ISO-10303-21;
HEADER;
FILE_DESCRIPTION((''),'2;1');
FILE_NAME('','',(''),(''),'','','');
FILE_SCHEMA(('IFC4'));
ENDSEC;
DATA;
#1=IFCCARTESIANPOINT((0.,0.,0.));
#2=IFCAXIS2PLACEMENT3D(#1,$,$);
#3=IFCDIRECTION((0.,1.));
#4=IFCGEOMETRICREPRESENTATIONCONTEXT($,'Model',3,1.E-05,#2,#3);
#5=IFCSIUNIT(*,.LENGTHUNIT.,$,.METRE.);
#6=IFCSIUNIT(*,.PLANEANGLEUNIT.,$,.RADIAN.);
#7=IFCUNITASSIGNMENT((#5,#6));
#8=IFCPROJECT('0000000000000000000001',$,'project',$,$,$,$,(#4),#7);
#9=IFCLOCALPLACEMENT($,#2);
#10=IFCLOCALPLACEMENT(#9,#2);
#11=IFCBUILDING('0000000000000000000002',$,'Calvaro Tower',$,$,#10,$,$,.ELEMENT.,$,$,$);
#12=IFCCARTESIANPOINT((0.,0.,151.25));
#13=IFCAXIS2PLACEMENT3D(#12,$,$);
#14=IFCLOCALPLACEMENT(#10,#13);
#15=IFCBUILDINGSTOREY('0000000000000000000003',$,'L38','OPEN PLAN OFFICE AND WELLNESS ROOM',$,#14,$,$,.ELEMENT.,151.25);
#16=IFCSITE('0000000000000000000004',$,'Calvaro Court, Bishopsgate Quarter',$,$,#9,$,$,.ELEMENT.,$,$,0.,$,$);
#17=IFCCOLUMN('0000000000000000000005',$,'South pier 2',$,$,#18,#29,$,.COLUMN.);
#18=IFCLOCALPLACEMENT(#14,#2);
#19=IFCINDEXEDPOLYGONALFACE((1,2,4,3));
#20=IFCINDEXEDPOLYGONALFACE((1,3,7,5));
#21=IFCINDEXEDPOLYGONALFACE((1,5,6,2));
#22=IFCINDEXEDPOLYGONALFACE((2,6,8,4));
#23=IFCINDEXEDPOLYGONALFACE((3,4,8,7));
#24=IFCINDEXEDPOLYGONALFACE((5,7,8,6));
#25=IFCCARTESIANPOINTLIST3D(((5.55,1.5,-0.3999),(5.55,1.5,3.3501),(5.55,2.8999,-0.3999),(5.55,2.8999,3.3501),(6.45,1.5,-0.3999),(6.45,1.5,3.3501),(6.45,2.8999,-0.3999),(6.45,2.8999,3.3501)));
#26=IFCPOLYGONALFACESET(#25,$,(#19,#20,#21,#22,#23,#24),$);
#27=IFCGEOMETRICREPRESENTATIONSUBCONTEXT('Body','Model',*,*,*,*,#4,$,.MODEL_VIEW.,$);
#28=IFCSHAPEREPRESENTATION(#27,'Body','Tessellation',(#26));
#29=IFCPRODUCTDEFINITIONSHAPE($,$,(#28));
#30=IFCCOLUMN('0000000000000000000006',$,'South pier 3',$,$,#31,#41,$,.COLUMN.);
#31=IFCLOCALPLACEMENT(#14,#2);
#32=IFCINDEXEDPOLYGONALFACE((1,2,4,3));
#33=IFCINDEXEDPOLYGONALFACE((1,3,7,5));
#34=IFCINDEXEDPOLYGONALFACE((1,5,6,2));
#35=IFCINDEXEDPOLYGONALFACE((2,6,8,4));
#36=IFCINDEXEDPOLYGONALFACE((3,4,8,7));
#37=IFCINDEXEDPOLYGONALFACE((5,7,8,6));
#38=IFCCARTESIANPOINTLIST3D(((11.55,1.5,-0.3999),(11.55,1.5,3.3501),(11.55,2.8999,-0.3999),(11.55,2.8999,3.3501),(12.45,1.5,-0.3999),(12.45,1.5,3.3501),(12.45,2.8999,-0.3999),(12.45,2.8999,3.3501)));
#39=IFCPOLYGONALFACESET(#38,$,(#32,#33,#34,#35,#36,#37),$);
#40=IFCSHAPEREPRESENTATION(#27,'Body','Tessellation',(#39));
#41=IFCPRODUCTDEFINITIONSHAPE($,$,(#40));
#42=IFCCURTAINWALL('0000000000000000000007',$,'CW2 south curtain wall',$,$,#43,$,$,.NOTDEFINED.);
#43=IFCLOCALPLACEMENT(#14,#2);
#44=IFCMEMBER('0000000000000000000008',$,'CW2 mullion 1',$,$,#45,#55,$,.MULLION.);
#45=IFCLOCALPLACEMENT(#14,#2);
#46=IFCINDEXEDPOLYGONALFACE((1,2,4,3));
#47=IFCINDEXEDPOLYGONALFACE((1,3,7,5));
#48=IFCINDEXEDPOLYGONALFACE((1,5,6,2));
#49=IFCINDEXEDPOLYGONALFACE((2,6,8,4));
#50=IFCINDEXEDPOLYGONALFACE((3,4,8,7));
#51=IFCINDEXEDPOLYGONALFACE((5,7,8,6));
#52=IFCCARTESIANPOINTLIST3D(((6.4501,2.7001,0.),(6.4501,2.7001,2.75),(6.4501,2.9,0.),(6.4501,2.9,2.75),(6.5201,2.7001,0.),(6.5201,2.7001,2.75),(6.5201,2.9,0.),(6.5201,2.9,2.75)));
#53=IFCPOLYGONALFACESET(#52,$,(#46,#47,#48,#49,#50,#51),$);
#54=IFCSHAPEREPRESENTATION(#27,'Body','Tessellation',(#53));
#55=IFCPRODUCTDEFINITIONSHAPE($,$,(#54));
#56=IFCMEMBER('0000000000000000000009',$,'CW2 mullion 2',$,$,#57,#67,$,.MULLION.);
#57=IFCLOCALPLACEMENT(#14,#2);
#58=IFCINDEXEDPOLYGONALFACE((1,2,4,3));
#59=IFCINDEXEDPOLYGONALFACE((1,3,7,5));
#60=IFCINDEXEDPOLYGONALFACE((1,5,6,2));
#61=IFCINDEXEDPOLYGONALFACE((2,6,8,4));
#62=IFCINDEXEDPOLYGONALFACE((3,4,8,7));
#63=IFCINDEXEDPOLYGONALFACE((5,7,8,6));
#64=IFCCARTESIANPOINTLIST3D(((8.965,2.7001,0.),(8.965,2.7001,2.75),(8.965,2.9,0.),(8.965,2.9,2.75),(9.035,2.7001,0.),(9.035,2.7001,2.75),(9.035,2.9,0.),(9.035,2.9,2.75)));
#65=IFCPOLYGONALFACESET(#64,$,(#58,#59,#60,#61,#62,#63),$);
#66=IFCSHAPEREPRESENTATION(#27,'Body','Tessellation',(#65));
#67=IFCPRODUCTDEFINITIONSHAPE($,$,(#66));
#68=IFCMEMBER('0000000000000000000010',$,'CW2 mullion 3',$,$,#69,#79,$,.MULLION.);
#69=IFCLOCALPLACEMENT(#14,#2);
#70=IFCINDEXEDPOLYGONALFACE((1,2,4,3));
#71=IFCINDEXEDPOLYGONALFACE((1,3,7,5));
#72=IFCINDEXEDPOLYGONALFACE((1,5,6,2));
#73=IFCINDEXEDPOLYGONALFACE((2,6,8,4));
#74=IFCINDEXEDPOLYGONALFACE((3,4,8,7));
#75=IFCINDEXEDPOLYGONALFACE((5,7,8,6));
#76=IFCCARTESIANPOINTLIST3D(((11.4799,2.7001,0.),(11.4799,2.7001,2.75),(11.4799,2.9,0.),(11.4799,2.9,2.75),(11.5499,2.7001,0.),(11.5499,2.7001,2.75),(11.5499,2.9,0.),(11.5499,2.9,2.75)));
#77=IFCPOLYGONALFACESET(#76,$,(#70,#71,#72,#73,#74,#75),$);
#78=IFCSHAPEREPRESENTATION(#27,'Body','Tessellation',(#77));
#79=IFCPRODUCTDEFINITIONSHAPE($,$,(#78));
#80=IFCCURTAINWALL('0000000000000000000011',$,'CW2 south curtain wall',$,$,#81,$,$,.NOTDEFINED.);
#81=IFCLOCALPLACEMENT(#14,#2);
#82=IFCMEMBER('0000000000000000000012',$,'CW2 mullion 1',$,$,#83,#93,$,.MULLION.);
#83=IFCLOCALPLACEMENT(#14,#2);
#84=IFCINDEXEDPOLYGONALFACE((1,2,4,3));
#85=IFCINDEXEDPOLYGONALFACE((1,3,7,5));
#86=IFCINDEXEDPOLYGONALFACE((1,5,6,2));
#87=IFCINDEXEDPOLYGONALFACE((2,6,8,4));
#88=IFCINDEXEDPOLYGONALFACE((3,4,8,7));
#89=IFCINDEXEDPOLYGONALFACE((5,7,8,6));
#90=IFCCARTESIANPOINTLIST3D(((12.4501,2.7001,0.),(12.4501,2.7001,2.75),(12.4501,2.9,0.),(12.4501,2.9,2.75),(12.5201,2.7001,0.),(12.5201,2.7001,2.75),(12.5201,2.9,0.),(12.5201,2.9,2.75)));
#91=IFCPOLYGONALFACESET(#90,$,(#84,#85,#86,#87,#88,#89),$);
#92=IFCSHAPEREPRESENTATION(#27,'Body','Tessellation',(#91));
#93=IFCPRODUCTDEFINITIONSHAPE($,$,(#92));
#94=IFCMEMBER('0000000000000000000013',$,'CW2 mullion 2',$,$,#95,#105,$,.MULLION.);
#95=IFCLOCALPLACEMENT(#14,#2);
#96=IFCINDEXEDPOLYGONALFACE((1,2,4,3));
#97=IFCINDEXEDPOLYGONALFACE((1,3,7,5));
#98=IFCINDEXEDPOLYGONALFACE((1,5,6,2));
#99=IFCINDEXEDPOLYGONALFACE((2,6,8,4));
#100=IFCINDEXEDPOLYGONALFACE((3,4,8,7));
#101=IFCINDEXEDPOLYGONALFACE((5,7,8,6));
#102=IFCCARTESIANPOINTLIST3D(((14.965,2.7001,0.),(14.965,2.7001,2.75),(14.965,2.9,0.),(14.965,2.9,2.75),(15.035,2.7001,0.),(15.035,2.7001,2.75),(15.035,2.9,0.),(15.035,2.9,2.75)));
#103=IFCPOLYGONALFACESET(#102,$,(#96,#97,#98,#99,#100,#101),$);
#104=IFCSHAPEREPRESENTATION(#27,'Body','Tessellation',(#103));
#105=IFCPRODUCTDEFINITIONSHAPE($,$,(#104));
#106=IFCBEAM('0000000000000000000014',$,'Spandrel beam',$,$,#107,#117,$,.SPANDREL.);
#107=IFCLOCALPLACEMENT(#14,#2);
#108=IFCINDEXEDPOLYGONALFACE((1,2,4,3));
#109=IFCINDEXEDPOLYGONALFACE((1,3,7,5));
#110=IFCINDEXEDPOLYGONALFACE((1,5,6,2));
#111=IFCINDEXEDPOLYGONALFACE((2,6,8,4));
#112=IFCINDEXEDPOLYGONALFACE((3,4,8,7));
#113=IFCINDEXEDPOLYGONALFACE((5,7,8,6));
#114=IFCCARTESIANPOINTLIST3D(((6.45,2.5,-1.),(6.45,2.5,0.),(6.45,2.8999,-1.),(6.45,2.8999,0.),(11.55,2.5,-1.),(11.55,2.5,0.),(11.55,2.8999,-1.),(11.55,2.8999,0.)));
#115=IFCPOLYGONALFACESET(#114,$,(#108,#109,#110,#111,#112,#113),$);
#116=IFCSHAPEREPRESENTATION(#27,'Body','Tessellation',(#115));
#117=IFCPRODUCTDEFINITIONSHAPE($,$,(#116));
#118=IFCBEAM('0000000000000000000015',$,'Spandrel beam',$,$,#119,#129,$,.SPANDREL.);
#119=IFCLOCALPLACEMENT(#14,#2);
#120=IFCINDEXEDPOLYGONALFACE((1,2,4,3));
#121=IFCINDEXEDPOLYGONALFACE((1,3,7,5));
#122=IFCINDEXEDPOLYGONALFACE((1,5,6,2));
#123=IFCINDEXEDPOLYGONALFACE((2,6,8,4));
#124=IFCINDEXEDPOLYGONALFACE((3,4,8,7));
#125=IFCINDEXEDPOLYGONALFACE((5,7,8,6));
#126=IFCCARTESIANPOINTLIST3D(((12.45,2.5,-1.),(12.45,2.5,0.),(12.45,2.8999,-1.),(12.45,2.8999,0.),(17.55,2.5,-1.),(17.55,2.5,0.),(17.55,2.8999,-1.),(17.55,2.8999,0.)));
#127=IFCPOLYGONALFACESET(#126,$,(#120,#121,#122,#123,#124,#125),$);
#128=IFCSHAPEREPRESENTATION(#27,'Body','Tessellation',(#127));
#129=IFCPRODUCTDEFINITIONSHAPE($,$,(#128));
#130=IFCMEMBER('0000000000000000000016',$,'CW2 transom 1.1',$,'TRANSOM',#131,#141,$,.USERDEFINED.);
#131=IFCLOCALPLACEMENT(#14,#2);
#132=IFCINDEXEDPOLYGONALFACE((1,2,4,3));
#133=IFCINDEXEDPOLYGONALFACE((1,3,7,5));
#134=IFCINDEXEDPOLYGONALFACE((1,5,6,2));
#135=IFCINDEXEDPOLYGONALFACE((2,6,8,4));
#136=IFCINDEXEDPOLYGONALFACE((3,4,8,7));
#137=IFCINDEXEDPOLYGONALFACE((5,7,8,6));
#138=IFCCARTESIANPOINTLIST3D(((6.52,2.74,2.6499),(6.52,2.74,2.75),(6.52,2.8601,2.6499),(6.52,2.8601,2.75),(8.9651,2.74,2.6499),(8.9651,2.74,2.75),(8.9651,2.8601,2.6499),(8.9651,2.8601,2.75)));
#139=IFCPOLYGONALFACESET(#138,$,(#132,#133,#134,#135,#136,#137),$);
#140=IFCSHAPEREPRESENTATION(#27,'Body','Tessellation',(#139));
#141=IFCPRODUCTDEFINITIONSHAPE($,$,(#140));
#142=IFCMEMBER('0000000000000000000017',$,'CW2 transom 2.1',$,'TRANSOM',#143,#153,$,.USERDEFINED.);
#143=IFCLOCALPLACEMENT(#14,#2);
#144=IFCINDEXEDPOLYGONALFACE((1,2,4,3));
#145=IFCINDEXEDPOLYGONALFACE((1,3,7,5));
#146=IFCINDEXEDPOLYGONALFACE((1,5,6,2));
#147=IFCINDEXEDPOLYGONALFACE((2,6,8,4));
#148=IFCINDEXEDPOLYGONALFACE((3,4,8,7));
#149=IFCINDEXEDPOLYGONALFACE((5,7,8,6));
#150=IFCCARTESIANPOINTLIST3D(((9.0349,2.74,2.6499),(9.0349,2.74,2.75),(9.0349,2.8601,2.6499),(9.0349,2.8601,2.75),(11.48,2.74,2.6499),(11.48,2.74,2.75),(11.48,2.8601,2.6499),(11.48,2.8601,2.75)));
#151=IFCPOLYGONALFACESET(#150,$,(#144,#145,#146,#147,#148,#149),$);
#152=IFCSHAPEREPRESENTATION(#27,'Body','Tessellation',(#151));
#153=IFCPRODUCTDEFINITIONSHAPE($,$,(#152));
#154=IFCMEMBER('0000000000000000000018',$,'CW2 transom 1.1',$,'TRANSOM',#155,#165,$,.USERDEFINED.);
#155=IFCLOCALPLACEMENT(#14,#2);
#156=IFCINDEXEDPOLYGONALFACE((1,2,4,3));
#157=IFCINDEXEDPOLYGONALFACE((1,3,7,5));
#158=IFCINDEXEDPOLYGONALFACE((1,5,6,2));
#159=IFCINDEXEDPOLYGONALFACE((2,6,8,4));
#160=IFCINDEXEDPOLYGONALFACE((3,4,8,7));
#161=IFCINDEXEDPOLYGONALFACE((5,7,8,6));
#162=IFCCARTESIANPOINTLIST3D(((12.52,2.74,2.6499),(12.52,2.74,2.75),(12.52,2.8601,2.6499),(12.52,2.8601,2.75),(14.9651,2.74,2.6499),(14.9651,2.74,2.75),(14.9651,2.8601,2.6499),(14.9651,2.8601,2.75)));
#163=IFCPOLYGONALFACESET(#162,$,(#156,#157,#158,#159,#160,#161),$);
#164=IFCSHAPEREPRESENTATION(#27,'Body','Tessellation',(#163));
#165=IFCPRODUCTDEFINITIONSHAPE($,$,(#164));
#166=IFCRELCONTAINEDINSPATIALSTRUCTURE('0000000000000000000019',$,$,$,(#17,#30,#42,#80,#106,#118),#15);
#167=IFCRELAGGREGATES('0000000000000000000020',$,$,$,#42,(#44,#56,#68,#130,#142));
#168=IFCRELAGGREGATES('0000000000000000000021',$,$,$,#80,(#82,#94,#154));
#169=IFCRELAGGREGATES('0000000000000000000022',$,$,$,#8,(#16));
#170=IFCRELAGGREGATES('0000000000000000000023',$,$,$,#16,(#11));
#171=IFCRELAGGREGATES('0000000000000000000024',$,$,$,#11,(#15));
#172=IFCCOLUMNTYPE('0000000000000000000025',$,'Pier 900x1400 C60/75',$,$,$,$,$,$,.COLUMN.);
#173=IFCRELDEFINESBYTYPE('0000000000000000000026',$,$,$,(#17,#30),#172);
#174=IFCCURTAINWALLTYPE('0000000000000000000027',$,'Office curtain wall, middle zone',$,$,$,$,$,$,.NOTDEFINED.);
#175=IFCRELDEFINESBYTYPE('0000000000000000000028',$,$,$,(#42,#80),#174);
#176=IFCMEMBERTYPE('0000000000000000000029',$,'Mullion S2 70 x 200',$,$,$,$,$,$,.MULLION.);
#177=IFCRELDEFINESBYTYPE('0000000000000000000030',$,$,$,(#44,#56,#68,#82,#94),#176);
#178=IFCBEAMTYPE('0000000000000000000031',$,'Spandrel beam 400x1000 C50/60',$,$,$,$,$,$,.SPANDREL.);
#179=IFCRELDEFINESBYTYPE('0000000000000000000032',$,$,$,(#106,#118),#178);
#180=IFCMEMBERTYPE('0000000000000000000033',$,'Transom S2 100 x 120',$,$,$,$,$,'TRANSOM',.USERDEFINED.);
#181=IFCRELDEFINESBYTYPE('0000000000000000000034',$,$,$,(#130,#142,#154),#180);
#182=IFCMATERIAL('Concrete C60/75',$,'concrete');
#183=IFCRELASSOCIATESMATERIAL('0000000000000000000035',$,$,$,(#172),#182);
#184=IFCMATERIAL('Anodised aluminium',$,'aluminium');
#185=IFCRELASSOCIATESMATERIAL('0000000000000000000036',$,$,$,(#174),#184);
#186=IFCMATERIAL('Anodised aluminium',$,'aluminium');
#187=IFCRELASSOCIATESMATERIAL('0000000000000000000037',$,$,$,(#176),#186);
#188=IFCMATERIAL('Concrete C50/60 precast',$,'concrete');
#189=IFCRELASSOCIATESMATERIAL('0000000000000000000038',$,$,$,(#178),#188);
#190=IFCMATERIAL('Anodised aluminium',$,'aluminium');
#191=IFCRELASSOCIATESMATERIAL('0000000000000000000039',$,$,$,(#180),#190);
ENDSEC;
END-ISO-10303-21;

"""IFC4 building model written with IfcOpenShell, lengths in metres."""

from ifc_helpers import new_model, si_unit, direction, frame, origin, origin_2d, place, context, subcontext, project, spatial, rectangle, extrude, material, material_profile, profile_set, type_object, element, aggregate, save


model = new_model("IFC4")

# Units and contexts
model_context = context("Model", 3, precision=1e-05, world=origin(), true_north=direction((0.0, 1.0)))
body_context = subcontext(model_context, "Body", "Model", "MODEL_VIEW")
ifc_project = project(units=[si_unit("LENGTHUNIT", "METRE"), si_unit("PLANEANGLEUNIT", "RADIAN")], contexts=[model_context])

# Site, building, storey
site_placement = place(None, origin())
site = spatial("IfcSite", under=ifc_project, at=site_placement, Name="Calvaro Court, Bishopsgate Quarter", CompositionType="ELEMENT", RefElevation=0.0)
building_placement = place(site_placement, origin())
building = spatial("IfcBuilding", under=site, at=building_placement, Name="Calvaro Tower", CompositionType="ELEMENT")
storey_placement = place(building_placement, frame((0.0, 0.0, 151.25)))
storey = spatial("IfcBuildingStorey", under=building, at=storey_placement, Name="L38", Description="OPEN PLAN OFFICE AND WELLNESS ROOM", CompositionType="ELEMENT", Elevation=151.25)

# Columns
ifc_material_1 = material(Name="Concrete C60/75", Category="concrete")
ifc_material_profile_1 = material_profile(ifc_material_1, rectangle(XDim=0.8999, YDim=1.3999, at=origin_2d()), Name="RC 900x1400")
ifc_profile_set_1 = profile_set([ifc_material_profile_1], Name="Concrete C60/75")
column_type = type_object("IfcColumnType", Name="Pier 900x1400 C60/75", PredefinedType="COLUMN", material=ifc_profile_set_1)
for number, where, z_axis, x_axis, name in (
    (1, (6.0, 2.2, -0.3999), (0.0, 0.0, 1.0), (1.0, 0.0, 0.0), "South pier 2"),
    (2, (12.0, 2.2, -0.3999), (0.0, 0.0, 1.0), (1.0, 0.0, 0.0), "South pier 3"),
):
    element("IfcColumn", number, at=place(storey_placement, frame(where, z_axis=z_axis, x_axis=x_axis)), inside=storey, type_object=column_type, Name=name, PredefinedType="COLUMN", context=body_context, shape_type="SweptSolid", body=[
        extrude(rectangle(XDim=0.8999, YDim=1.3999, at=origin_2d()), origin(), (0.0, 0.0, 1.0), 3.75),
    ])

# Curtain walls, members
ifc_material_2 = material(Name="Anodised aluminium", Category="aluminium")
curtain_wall_type = type_object("IfcCurtainWallType", Name="Office curtain wall, middle zone", PredefinedType="NOTDEFINED", material=ifc_material_2)
curtain_wall_1_placement = place(storey_placement, origin())
curtain_wall_1 = element("IfcCurtainWall", 3, at=curtain_wall_1_placement, inside=storey, type_object=curtain_wall_type, Name="CW2 south curtain wall", PredefinedType="NOTDEFINED")
ifc_material_3 = material(Name="Anodised aluminium", Category="aluminium")
ifc_material_profile_2 = material_profile(ifc_material_3, rectangle(XDim=0.2, YDim=0.0701, at=origin_2d()), Name="Mullion S2 70 x 200")
ifc_profile_set_2 = profile_set([ifc_material_profile_2], Name="Anodised aluminium")
member_type_1 = type_object("IfcMemberType", Name="Mullion S2 70 x 200", PredefinedType="MULLION", material=ifc_profile_set_2)
member_1_placement = place(storey_placement, frame((6.4851, 2.8, 0.0), z_axis=(0.0, 0.0, 1.0), x_axis=(0.0, 1.0, 0.0)))
member_1 = element("IfcMember", 4, at=member_1_placement, type_object=member_type_1, Name="CW2 mullion 1", PredefinedType="MULLION", context=body_context, shape_type="SweptSolid", body=[
    extrude(rectangle(XDim=0.2, YDim=0.0701, at=origin_2d()), origin(), (0.0, 0.0, 1.0), 2.75),
])
member_2_placement = place(storey_placement, frame((9.0, 2.8, 0.0), z_axis=(0.0, 0.0, 1.0), x_axis=(0.0, 1.0, 0.0)))
member_2 = element("IfcMember", 5, at=member_2_placement, type_object=member_type_1, Name="CW2 mullion 2", PredefinedType="MULLION", context=body_context, shape_type="SweptSolid", body=[
    extrude(rectangle(XDim=0.2, YDim=0.0701, at=origin_2d()), origin(), (0.0, 0.0, 1.0), 2.75),
])
member_3_placement = place(storey_placement, frame((11.5149, 2.8, 0.0), z_axis=(0.0, 0.0, 1.0), x_axis=(0.0, 1.0, 0.0)))
member_3 = element("IfcMember", 6, at=member_3_placement, type_object=member_type_1, Name="CW2 mullion 3", PredefinedType="MULLION", context=body_context, shape_type="SweptSolid", body=[
    extrude(rectangle(XDim=0.2, YDim=0.0701, at=origin_2d()), origin(), (0.0, 0.0, 1.0), 2.75),
])
curtain_wall_2_placement = place(storey_placement, origin())
curtain_wall_2 = element("IfcCurtainWall", 7, at=curtain_wall_2_placement, inside=storey, type_object=curtain_wall_type, Name="CW2 south curtain wall", PredefinedType="NOTDEFINED")
member_4_placement = place(storey_placement, frame((12.4851, 2.8, 0.0), z_axis=(0.0, 0.0, 1.0), x_axis=(0.0, 1.0, 0.0)))
member_4 = element("IfcMember", 8, at=member_4_placement, type_object=member_type_1, Name="CW2 mullion 1", PredefinedType="MULLION", context=body_context, shape_type="SweptSolid", body=[
    extrude(rectangle(XDim=0.2, YDim=0.0701, at=origin_2d()), origin(), (0.0, 0.0, 1.0), 2.75),
])
member_5_placement = place(storey_placement, frame((15.0, 2.8, 0.0), z_axis=(0.0, 0.0, 1.0), x_axis=(0.0, 1.0, 0.0)))
member_5 = element("IfcMember", 9, at=member_5_placement, type_object=member_type_1, Name="CW2 mullion 2", PredefinedType="MULLION", context=body_context, shape_type="SweptSolid", body=[
    extrude(rectangle(XDim=0.2, YDim=0.0701, at=origin_2d()), origin(), (0.0, 0.0, 1.0), 2.75),
])

# Beams
ifc_material_4 = material(Name="Concrete C50/60 precast", Category="concrete")
ifc_material_profile_3 = material_profile(ifc_material_4, rectangle(XDim=0.3999, YDim=1.0, at=origin_2d()), Name="RC 400x1000")
ifc_profile_set_3 = profile_set([ifc_material_profile_3], Name="Concrete C50/60 precast")
beam_type = type_object("IfcBeamType", Name="Spandrel beam 400x1000 C50/60", PredefinedType="SPANDREL", material=ifc_profile_set_3)
for number, where, z_axis, x_axis, name in (
    (10, (6.45, 2.7, -0.5), (1.0, 0.0, 0.0), (0.0, 1.0, 0.0), "Spandrel beam"),
    (11, (12.45, 2.7, -0.5), (1.0, 0.0, 0.0), (0.0, 1.0, 0.0), "Spandrel beam"),
):
    element("IfcBeam", number, at=place(storey_placement, frame(where, z_axis=z_axis, x_axis=x_axis)), inside=storey, type_object=beam_type, Name=name, PredefinedType="SPANDREL", context=body_context, shape_type="SweptSolid", body=[
        extrude(rectangle(XDim=0.3999, YDim=1.0, at=origin_2d()), origin(), (0.0, 0.0, 1.0), 5.1001),
    ])

# Members
ifc_material_5 = material(Name="Anodised aluminium", Category="aluminium")
ifc_material_profile_4 = material_profile(ifc_material_5, rectangle(XDim=0.1201, YDim=0.1001, at=origin_2d()), Name="Transom S2 100 x 120")
ifc_profile_set_4 = profile_set([ifc_material_profile_4], Name="Anodised aluminium")
member_type_2 = type_object("IfcMemberType", Name="Transom S2 100 x 120", ElementType="TRANSOM", PredefinedType="USERDEFINED", material=ifc_profile_set_4)
member_6_placement = place(storey_placement, frame((6.52, 2.8, 2.7), z_axis=(1.0, 0.0, 0.0), x_axis=(0.0, 1.0, 0.0)))
member_6 = element("IfcMember", 12, at=member_6_placement, type_object=member_type_2, Name="CW2 transom 1.1", ObjectType="TRANSOM", PredefinedType="USERDEFINED", context=body_context, shape_type="SweptSolid", body=[
    extrude(rectangle(XDim=0.1201, YDim=0.1001, at=origin_2d()), origin(), (0.0, 0.0, 1.0), 2.4451),
])
member_7_placement = place(storey_placement, frame((9.0349, 2.8, 2.7), z_axis=(1.0, 0.0, 0.0), x_axis=(0.0, 1.0, 0.0)))
member_7 = element("IfcMember", 13, at=member_7_placement, type_object=member_type_2, Name="CW2 transom 2.1", ObjectType="TRANSOM", PredefinedType="USERDEFINED", context=body_context, shape_type="SweptSolid", body=[
    extrude(rectangle(XDim=0.1201, YDim=0.1001, at=origin_2d()), origin(), (0.0, 0.0, 1.0), 2.4451),
])
member_8_placement = place(storey_placement, frame((12.52, 2.8, 2.7), z_axis=(1.0, 0.0, 0.0), x_axis=(0.0, 1.0, 0.0)))
member_8 = element("IfcMember", 14, at=member_8_placement, type_object=member_type_2, Name="CW2 transom 1.1", ObjectType="TRANSOM", PredefinedType="USERDEFINED", context=body_context, shape_type="SweptSolid", body=[
    extrude(rectangle(XDim=0.1201, YDim=0.1001, at=origin_2d()), origin(), (0.0, 0.0, 1.0), 2.4451),
])

aggregate(curtain_wall_1, [member_1, member_2, member_3, member_6, member_7])
aggregate(curtain_wall_2, [member_4, member_5, member_8])

save(model, "model.ifc")
